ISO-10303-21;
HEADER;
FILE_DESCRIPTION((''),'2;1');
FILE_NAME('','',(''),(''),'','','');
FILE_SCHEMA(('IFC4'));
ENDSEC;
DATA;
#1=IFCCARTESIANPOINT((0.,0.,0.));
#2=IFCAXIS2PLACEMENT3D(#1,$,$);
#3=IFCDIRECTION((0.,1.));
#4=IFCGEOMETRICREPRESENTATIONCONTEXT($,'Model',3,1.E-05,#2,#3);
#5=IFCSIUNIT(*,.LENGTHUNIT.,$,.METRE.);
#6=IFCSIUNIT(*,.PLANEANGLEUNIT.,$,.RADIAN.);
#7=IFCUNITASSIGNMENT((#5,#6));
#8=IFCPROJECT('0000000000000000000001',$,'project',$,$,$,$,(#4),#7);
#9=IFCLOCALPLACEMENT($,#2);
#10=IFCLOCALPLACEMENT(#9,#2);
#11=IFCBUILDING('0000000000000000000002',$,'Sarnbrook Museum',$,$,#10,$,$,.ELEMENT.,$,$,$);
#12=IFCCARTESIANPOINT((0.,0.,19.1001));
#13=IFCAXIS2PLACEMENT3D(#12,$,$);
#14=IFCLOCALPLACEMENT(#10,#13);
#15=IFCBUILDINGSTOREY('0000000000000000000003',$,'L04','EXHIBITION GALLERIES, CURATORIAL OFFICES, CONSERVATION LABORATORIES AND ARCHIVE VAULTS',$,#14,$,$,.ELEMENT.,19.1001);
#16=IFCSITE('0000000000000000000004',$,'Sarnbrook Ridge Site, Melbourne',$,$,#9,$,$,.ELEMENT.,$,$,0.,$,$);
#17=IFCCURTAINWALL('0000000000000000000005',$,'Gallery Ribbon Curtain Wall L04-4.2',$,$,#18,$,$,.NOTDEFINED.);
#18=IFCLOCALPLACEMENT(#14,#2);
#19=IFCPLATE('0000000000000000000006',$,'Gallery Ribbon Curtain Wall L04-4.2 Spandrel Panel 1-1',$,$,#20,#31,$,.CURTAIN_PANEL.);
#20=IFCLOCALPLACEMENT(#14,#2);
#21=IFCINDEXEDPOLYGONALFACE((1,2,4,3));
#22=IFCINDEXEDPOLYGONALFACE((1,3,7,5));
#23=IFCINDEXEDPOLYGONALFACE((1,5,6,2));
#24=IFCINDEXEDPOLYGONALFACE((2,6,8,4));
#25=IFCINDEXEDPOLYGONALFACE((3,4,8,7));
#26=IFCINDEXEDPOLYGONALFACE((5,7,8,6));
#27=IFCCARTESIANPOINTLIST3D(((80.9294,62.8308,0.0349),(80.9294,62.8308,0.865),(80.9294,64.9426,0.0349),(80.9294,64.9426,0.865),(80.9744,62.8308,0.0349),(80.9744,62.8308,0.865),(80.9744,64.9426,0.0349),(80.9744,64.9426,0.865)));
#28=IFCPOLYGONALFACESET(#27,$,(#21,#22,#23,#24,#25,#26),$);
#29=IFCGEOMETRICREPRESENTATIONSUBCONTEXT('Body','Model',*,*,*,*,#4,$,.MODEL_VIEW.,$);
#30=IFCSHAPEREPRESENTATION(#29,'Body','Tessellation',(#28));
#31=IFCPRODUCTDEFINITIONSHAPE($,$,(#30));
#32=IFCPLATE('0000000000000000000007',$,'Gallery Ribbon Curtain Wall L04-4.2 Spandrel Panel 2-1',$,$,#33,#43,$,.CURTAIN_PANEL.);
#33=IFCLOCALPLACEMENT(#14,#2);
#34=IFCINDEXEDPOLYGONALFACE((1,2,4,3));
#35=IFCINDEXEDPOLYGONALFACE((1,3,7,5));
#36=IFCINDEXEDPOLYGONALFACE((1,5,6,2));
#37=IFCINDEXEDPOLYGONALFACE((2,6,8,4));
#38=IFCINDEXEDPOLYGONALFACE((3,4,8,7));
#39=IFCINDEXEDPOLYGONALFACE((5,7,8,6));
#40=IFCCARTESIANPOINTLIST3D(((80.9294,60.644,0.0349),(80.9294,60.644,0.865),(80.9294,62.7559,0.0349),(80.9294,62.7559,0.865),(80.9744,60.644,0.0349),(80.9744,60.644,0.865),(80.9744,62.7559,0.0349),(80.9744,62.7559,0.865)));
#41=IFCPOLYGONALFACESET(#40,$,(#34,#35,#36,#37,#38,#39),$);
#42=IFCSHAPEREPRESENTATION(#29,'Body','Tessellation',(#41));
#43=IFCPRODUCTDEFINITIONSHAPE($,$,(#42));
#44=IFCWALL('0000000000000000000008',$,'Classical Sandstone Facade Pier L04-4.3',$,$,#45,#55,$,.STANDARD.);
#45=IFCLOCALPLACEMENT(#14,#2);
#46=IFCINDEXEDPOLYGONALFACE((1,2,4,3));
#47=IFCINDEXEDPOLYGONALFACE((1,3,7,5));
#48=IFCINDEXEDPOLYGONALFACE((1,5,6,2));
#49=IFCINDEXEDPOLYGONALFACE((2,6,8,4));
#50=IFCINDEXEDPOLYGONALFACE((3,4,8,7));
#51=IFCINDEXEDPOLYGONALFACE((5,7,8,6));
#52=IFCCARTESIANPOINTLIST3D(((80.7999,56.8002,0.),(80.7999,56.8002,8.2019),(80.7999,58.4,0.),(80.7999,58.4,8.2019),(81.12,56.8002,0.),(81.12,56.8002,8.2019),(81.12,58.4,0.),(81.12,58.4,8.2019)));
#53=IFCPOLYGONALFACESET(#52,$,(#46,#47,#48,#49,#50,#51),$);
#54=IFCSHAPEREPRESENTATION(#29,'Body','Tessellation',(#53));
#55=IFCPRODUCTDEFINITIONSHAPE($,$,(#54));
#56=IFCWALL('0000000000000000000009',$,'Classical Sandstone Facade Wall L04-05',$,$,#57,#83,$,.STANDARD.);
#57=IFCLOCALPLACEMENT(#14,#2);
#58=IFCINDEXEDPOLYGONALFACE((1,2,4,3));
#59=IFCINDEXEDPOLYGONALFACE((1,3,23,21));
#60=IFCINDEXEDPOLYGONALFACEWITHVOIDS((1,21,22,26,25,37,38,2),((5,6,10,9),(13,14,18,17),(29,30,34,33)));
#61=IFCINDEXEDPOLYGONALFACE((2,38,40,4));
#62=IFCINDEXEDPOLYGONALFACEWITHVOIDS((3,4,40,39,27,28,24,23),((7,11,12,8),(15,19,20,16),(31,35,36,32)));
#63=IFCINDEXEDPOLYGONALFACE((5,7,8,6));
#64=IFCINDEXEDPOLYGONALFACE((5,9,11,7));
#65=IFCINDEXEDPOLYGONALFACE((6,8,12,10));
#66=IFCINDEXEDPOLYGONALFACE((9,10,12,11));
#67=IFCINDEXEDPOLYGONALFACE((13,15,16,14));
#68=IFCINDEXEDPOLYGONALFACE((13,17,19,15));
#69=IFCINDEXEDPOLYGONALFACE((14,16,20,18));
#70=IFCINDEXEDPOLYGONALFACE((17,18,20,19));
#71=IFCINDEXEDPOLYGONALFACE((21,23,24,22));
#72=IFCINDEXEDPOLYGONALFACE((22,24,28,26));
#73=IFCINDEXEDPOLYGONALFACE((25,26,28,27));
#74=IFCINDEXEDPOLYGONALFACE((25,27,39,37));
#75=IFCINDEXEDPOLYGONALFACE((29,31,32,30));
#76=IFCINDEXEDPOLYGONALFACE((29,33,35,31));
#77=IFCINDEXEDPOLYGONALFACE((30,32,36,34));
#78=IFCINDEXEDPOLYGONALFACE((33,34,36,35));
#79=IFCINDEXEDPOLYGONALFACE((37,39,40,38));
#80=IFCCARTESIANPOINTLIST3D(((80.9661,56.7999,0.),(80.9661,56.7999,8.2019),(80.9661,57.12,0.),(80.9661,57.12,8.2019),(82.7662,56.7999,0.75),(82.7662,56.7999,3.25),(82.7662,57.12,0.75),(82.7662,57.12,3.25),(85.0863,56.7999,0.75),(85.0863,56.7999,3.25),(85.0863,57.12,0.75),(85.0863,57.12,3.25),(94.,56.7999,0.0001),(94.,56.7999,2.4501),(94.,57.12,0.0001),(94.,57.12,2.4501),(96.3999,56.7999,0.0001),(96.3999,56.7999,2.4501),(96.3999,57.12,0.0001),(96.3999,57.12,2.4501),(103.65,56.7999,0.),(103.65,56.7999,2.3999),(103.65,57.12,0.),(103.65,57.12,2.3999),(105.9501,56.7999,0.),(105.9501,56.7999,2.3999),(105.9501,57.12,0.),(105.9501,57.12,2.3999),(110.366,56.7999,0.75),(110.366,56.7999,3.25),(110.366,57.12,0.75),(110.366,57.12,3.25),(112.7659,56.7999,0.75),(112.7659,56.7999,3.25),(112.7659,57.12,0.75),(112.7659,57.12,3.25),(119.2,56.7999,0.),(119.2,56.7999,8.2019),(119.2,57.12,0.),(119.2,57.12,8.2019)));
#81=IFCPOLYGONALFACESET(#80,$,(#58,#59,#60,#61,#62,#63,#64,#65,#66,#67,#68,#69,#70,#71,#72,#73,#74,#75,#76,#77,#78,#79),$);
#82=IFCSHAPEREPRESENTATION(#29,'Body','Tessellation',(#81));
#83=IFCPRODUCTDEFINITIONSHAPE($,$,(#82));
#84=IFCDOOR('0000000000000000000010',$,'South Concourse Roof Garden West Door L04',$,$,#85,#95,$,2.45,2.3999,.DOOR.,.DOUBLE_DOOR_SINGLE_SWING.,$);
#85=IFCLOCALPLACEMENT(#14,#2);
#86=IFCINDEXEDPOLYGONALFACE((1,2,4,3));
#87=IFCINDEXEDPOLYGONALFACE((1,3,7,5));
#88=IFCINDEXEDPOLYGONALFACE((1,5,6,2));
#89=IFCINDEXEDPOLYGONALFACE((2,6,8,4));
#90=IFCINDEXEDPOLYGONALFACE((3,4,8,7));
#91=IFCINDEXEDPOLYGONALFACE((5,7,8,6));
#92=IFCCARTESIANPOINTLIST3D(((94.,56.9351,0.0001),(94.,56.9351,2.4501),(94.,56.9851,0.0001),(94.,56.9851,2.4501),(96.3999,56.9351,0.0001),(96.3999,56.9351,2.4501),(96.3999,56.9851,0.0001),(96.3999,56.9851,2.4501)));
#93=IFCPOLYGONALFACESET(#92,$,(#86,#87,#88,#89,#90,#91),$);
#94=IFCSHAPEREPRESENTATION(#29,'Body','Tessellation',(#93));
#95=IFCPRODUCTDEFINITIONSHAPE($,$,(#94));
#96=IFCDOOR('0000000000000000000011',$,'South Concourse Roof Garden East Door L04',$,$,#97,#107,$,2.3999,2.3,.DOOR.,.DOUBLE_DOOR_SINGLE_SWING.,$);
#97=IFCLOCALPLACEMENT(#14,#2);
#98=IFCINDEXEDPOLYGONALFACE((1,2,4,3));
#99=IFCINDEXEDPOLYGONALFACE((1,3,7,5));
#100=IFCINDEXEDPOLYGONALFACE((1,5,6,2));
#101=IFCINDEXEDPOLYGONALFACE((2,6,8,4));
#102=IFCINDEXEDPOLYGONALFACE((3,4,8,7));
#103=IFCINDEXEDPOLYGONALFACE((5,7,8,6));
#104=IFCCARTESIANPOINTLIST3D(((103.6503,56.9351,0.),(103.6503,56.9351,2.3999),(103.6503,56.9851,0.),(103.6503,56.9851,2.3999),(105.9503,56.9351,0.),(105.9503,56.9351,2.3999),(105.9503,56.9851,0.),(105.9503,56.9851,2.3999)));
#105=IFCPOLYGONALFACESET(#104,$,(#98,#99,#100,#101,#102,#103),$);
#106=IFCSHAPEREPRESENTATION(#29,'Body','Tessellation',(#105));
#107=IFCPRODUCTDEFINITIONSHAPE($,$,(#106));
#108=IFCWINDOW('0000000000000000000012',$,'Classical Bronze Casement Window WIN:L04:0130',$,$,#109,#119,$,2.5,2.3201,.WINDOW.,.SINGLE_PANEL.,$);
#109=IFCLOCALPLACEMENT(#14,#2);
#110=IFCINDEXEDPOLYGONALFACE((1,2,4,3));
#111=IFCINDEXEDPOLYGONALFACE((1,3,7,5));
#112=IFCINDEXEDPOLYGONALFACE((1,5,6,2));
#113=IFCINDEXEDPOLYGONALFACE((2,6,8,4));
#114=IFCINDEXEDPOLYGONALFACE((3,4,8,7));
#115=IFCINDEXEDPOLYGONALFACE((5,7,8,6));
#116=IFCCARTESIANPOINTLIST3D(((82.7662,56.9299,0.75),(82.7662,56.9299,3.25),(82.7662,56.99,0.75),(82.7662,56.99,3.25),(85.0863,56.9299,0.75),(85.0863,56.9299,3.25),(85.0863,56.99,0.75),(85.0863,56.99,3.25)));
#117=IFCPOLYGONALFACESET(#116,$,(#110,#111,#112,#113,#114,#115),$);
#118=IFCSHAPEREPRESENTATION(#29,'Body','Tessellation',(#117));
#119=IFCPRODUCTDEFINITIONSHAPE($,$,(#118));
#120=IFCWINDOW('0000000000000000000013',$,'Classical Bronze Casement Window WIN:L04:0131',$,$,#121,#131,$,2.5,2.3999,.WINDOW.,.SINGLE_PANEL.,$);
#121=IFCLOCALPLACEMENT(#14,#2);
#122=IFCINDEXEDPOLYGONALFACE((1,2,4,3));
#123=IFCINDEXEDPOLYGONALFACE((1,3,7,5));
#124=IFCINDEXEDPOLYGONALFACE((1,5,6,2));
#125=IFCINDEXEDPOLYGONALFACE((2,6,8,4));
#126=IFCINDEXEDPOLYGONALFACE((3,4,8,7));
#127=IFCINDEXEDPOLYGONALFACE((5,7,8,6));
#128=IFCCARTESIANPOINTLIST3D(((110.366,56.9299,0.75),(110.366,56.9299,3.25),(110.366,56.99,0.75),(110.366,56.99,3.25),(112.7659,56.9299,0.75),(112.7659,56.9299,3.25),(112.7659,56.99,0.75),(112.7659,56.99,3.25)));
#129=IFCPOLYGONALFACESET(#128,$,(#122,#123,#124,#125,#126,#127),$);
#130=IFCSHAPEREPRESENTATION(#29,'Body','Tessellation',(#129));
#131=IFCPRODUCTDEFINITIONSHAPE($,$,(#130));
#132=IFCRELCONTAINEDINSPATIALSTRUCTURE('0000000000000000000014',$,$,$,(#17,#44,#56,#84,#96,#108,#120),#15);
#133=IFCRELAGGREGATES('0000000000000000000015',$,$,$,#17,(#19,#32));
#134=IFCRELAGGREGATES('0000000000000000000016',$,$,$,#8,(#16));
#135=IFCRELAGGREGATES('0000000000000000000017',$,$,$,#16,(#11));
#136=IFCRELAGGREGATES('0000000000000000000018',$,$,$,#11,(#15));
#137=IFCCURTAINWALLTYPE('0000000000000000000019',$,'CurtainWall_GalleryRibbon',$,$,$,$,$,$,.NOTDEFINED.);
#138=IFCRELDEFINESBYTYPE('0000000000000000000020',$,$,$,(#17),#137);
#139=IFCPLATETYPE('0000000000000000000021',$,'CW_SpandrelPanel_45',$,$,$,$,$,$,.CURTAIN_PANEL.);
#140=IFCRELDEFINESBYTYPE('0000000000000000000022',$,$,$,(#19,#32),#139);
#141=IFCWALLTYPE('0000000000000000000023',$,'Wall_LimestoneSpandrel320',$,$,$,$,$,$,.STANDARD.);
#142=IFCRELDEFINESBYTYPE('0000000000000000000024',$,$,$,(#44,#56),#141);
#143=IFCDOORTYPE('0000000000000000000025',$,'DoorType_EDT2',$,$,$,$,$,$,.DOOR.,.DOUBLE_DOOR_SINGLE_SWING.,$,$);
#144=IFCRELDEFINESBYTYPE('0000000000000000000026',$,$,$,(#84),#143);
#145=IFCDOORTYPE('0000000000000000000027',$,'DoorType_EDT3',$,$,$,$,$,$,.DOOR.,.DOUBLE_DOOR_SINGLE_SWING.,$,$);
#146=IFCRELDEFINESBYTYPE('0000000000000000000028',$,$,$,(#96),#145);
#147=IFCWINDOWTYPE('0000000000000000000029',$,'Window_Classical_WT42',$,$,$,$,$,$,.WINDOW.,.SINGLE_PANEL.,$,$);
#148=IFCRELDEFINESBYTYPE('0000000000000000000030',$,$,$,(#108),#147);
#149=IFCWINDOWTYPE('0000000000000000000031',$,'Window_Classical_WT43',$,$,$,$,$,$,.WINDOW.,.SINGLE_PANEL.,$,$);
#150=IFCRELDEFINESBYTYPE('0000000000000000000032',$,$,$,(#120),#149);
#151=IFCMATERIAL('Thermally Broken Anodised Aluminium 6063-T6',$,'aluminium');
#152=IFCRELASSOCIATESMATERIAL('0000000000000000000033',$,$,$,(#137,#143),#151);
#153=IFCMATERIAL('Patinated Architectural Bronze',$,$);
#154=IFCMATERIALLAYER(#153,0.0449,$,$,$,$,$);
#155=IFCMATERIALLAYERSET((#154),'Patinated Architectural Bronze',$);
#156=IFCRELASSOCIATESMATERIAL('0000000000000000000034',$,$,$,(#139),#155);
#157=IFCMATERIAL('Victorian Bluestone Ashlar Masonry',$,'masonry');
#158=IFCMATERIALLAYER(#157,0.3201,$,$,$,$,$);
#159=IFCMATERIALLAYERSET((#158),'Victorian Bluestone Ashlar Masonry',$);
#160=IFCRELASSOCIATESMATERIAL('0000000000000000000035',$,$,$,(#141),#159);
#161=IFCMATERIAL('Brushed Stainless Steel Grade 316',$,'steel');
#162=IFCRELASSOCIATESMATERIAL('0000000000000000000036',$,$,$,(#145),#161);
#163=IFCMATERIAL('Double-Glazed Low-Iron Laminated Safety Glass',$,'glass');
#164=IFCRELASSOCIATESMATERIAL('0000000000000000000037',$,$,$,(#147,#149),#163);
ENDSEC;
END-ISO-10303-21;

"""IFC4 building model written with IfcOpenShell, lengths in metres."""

from ifc_helpers import new_model, si_unit, direction, frame, frame_2d, origin, origin_2d, place, context, subcontext, project, spatial, rectangle, extrude, material, layer, layer_set, type_object, element, fill, aggregate, save


model = new_model("IFC4")

# Units and contexts
model_context = context("Model", 3, precision=1e-05, world=origin(), true_north=direction((0.0, 1.0)))
body_context = subcontext(model_context, "Body", "Model", "MODEL_VIEW")
ifc_project = project(units=[si_unit("LENGTHUNIT", "METRE"), si_unit("PLANEANGLEUNIT", "RADIAN")], contexts=[model_context])

# Site, building, storey
site_placement = place(None, origin())
site = spatial("IfcSite", under=ifc_project, at=site_placement, Name="Sarnbrook Ridge Site, Melbourne", CompositionType="ELEMENT", RefElevation=0.0)
building_placement = place(site_placement, origin())
building = spatial("IfcBuilding", under=site, at=building_placement, Name="Sarnbrook Museum", CompositionType="ELEMENT")
storey_placement = place(building_placement, frame((0.0, 0.0, 19.1001)))
storey = spatial("IfcBuildingStorey", under=building, at=storey_placement, Name="L04", Description="EXHIBITION GALLERIES, CURATORIAL OFFICES, CONSERVATION LABORATORIES AND ARCHIVE VAULTS", CompositionType="ELEMENT", Elevation=19.1001)

# Curtain wall, plates
ifc_material_1 = material(Name="Thermally Broken Anodised Aluminium 6063-T6", Category="aluminium")
curtain_wall_type = type_object("IfcCurtainWallType", Name="CurtainWall_GalleryRibbon", PredefinedType="NOTDEFINED", material=ifc_material_1)
curtain_wall_placement = place(storey_placement, origin())
curtain_wall = element("IfcCurtainWall", 1, at=curtain_wall_placement, inside=storey, type_object=curtain_wall_type, Name="Gallery Ribbon Curtain Wall L04-4.2", PredefinedType="NOTDEFINED")
ifc_material_2 = material(Name="Double-Glazed Low-Iron Laminated Safety Glass", Category="glass")
ifc_material_3 = material(Name="Patinated Architectural Bronze")
ifc_layer_1 = layer(ifc_material_3, 0.0449)
ifc_layer_set_1 = layer_set([ifc_layer_1], Name="Patinated Architectural Bronze")
plate_type_1 = type_object("IfcPlateType", Name="CW_SpandrelPanel_45", PredefinedType="CURTAIN_PANEL", material=ifc_layer_set_1)
plate_1_placement = place(storey_placement, frame((80.9744, 63.8867, 0.45), z_axis=(-1.0, 0.0, 0.0), x_axis=(0.0, -1.0, 0.0)))
plate_1 = element("IfcPlate", 2, at=plate_1_placement, type_object=plate_type_1, Name="Gallery Ribbon Curtain Wall L04-4.2 Spandrel Panel 1-1", PredefinedType="CURTAIN_PANEL", context=body_context, shape_type="SweptSolid", body=[
    extrude(rectangle(XDim=2.1118, YDim=0.8301, at=origin_2d()), origin(), (0.0, 0.0, 1.0), 0.0449),
])
plate_2_placement = place(storey_placement, frame((80.9744, 61.7, 0.45), z_axis=(-1.0, 0.0, 0.0), x_axis=(0.0, -1.0, 0.0)))
plate_2 = element("IfcPlate", 3, at=plate_2_placement, type_object=plate_type_1, Name="Gallery Ribbon Curtain Wall L04-4.2 Spandrel Panel 2-1", PredefinedType="CURTAIN_PANEL", context=body_context, shape_type="SweptSolid", body=[
    extrude(rectangle(XDim=2.1118, YDim=0.8301, at=origin_2d()), origin(), (0.0, 0.0, 1.0), 0.0449),
])
aggregate(curtain_wall, [plate_1, plate_2])

# Wall
ifc_material_4 = material(Name="Victorian Bluestone Ashlar Masonry", Category="masonry")
ifc_layer_2 = layer(ifc_material_4, 0.3201)
ifc_layer_set_2 = layer_set([ifc_layer_2], Name="Victorian Bluestone Ashlar Masonry")
wall_type = type_object("IfcWallType", Name="Wall_LimestoneSpandrel320", PredefinedType="STANDARD", material=ifc_layer_set_2)
wall_1_placement = place(storey_placement, frame((80.96, 58.3999, 0.0), z_axis=(0.0, 0.0, 1.0), x_axis=(0.0, -1.0, 0.0)))
element("IfcWall", 4, at=wall_1_placement, inside=storey, type_object=wall_type, Name="Classical Sandstone Facade Pier L04-4.3", PredefinedType="STANDARD", context=body_context, shape_type="SweptSolid", body=[
    extrude(rectangle(XDim=1.5999, YDim=0.3201, at=frame_2d((0.7998, 0.0))), origin(), (0.0, 0.0, 1.0), 8.2019),
])

# Wall, openings, doors, windows
wall_2_placement = place(storey_placement, frame((80.9661, 56.96, 0.0), z_axis=(0.0, 0.0, 1.0), x_axis=(1.0, 0.0, 0.0)))
wall_2 = element("IfcWall", 5, at=wall_2_placement, inside=storey, type_object=wall_type, Name="Classical Sandstone Facade Wall L04-05", PredefinedType="STANDARD", context=body_context, shape_type="SweptSolid", body=[
    extrude(rectangle(XDim=38.2339, YDim=0.3201, at=frame_2d((19.1169, 0.0))), origin(), (0.0, 0.0, 1.0), 8.2019),
])
opening_1_placement = place(wall_2_placement, frame((13.0339, 0.0, 0.0)))
opening_1 = element("IfcOpeningElement", 6, at=opening_1_placement, cuts=wall_2, PredefinedType="OPENING", context=body_context, shape_type="SweptSolid", body=[
    extrude(rectangle(XDim=2.3999, YDim=2.45, at=frame_2d((1.2, 1.2251))), frame((0.0, 0.1699, 0.0), z_axis=(0.0, -1.0, 0.0), x_axis=(1.0, 0.0, 0.0)), (0.0, 0.0, 1.0), 0.3401),
])
opening_2_placement = place(wall_2_placement, frame((22.6841, 0.0, 0.0)))
opening_2 = element("IfcOpeningElement", 7, at=opening_2_placement, cuts=wall_2, PredefinedType="OPENING", context=body_context, shape_type="SweptSolid", body=[
    extrude(rectangle(XDim=2.3, YDim=2.3999, at=frame_2d((1.1499, 1.2))), frame((0.0, 0.1699, 0.0), z_axis=(0.0, -1.0, 0.0), x_axis=(1.0, 0.0, 0.0)), (0.0, 0.0, 1.0), 0.3401),
])
opening_3_placement = place(wall_2_placement, frame((1.8, 0.0, 0.75)))
opening_3 = element("IfcOpeningElement", 8, at=opening_3_placement, cuts=wall_2, PredefinedType="OPENING", context=body_context, shape_type="SweptSolid", body=[
    extrude(rectangle(XDim=2.3201, YDim=2.5, at=frame_2d((1.1602, 1.25))), frame((0.0, 0.1699, 0.0), z_axis=(0.0, -1.0, 0.0), x_axis=(1.0, 0.0, 0.0)), (0.0, 0.0, 1.0), 0.3401),
])
opening_4_placement = place(wall_2_placement, frame((29.3999, 0.0, 0.75)))
opening_4 = element("IfcOpeningElement", 9, at=opening_4_placement, cuts=wall_2, PredefinedType="OPENING", context=body_context, shape_type="SweptSolid", body=[
    extrude(rectangle(XDim=2.3999, YDim=2.5, at=frame_2d((1.2, 1.25))), frame((0.0, 0.1699, 0.0), z_axis=(0.0, -1.0, 0.0), x_axis=(1.0, 0.0, 0.0)), (0.0, 0.0, 1.0), 0.3401),
])
door_type_1 = type_object("IfcDoorType", Name="DoorType_EDT2", OperationType="DOUBLE_DOOR_SINGLE_SWING", PredefinedType="DOOR", material=ifc_material_1)
door_1_placement = place(opening_1_placement, frame((2.3999, 0.0, 0.0), z_axis=(0.0, 0.0, 1.0), x_axis=(-1.0, 0.0, 0.0)))
door_1 = element("IfcDoor", 10, at=door_1_placement, inside=storey, type_object=door_type_1, Name="South Concourse Roof Garden West Door L04", OperationType="DOUBLE_DOOR_SINGLE_SWING", OverallHeight=2.45, OverallWidth=2.3999, PredefinedType="DOOR", context=body_context, shape_type="SweptSolid", body=[
    extrude(rectangle(XDim=2.3999, YDim=2.45, at=frame_2d((1.2, 1.2251))), frame((0.0, 0.0249, 0.0), z_axis=(0.0, -1.0, 0.0), x_axis=(1.0, 0.0, 0.0)), (0.0, 0.0, 1.0), 0.05),
])
fill(opening_1, door_1)
ifc_material_5 = material(Name="Brushed Stainless Steel Grade 316", Category="steel")
door_type_2 = type_object("IfcDoorType", Name="DoorType_EDT3", OperationType="DOUBLE_DOOR_SINGLE_SWING", PredefinedType="DOOR", material=ifc_material_5)
door_2_placement = place(opening_2_placement, frame((2.3, 0.0, 0.0), z_axis=(0.0, 0.0, 1.0), x_axis=(-1.0, 0.0, 0.0)))
door_2 = element("IfcDoor", 11, at=door_2_placement, inside=storey, type_object=door_type_2, Name="South Concourse Roof Garden East Door L04", OperationType="DOUBLE_DOOR_SINGLE_SWING", OverallHeight=2.3999, OverallWidth=2.3, PredefinedType="DOOR", context=body_context, shape_type="SweptSolid", body=[
    extrude(rectangle(XDim=2.3, YDim=2.3999, at=frame_2d((1.1499, 1.2))), frame((0.0, 0.0249, 0.0), z_axis=(0.0, -1.0, 0.0), x_axis=(1.0, 0.0, 0.0)), (0.0, 0.0, 1.0), 0.05),
])
fill(opening_2, door_2)
window_type_1 = type_object("IfcWindowType", Name="Window_Classical_WT42", PartitioningType="SINGLE_PANEL", PredefinedType="WINDOW", material=ifc_material_2)
window_1_placement = place(opening_3_placement, origin())
window_1 = element("IfcWindow", 12, at=window_1_placement, inside=storey, type_object=window_type_1, Name="Classical Bronze Casement Window WIN:L04:0130", OverallHeight=2.5, OverallWidth=2.3201, PartitioningType="SINGLE_PANEL", PredefinedType="WINDOW", context=body_context, shape_type="SweptSolid", body=[
    extrude(rectangle(XDim=2.3201, YDim=2.5, at=frame_2d((1.1602, 1.25))), frame((0.0, 0.03, 0.0), z_axis=(0.0, -1.0, 0.0), x_axis=(1.0, 0.0, 0.0)), (0.0, 0.0, 1.0), 0.0601),
])
fill(opening_3, window_1)
window_type_2 = type_object("IfcWindowType", Name="Window_Classical_WT43", PartitioningType="SINGLE_PANEL", PredefinedType="WINDOW", material=ifc_material_2)
window_2_placement = place(opening_4_placement, origin())
window_2 = element("IfcWindow", 13, at=window_2_placement, inside=storey, type_object=window_type_2, Name="Classical Bronze Casement Window WIN:L04:0131", OverallHeight=2.5, OverallWidth=2.3999, PartitioningType="SINGLE_PANEL", PredefinedType="WINDOW", context=body_context, shape_type="SweptSolid", body=[
    extrude(rectangle(XDim=2.3999, YDim=2.5, at=frame_2d((1.2, 1.25))), frame((0.0, 0.03, 0.0), z_axis=(0.0, -1.0, 0.0), x_axis=(1.0, 0.0, 0.0)), (0.0, 0.0, 1.0), 0.0601),
])
fill(opening_4, window_2)

save(model, "model.ifc")
